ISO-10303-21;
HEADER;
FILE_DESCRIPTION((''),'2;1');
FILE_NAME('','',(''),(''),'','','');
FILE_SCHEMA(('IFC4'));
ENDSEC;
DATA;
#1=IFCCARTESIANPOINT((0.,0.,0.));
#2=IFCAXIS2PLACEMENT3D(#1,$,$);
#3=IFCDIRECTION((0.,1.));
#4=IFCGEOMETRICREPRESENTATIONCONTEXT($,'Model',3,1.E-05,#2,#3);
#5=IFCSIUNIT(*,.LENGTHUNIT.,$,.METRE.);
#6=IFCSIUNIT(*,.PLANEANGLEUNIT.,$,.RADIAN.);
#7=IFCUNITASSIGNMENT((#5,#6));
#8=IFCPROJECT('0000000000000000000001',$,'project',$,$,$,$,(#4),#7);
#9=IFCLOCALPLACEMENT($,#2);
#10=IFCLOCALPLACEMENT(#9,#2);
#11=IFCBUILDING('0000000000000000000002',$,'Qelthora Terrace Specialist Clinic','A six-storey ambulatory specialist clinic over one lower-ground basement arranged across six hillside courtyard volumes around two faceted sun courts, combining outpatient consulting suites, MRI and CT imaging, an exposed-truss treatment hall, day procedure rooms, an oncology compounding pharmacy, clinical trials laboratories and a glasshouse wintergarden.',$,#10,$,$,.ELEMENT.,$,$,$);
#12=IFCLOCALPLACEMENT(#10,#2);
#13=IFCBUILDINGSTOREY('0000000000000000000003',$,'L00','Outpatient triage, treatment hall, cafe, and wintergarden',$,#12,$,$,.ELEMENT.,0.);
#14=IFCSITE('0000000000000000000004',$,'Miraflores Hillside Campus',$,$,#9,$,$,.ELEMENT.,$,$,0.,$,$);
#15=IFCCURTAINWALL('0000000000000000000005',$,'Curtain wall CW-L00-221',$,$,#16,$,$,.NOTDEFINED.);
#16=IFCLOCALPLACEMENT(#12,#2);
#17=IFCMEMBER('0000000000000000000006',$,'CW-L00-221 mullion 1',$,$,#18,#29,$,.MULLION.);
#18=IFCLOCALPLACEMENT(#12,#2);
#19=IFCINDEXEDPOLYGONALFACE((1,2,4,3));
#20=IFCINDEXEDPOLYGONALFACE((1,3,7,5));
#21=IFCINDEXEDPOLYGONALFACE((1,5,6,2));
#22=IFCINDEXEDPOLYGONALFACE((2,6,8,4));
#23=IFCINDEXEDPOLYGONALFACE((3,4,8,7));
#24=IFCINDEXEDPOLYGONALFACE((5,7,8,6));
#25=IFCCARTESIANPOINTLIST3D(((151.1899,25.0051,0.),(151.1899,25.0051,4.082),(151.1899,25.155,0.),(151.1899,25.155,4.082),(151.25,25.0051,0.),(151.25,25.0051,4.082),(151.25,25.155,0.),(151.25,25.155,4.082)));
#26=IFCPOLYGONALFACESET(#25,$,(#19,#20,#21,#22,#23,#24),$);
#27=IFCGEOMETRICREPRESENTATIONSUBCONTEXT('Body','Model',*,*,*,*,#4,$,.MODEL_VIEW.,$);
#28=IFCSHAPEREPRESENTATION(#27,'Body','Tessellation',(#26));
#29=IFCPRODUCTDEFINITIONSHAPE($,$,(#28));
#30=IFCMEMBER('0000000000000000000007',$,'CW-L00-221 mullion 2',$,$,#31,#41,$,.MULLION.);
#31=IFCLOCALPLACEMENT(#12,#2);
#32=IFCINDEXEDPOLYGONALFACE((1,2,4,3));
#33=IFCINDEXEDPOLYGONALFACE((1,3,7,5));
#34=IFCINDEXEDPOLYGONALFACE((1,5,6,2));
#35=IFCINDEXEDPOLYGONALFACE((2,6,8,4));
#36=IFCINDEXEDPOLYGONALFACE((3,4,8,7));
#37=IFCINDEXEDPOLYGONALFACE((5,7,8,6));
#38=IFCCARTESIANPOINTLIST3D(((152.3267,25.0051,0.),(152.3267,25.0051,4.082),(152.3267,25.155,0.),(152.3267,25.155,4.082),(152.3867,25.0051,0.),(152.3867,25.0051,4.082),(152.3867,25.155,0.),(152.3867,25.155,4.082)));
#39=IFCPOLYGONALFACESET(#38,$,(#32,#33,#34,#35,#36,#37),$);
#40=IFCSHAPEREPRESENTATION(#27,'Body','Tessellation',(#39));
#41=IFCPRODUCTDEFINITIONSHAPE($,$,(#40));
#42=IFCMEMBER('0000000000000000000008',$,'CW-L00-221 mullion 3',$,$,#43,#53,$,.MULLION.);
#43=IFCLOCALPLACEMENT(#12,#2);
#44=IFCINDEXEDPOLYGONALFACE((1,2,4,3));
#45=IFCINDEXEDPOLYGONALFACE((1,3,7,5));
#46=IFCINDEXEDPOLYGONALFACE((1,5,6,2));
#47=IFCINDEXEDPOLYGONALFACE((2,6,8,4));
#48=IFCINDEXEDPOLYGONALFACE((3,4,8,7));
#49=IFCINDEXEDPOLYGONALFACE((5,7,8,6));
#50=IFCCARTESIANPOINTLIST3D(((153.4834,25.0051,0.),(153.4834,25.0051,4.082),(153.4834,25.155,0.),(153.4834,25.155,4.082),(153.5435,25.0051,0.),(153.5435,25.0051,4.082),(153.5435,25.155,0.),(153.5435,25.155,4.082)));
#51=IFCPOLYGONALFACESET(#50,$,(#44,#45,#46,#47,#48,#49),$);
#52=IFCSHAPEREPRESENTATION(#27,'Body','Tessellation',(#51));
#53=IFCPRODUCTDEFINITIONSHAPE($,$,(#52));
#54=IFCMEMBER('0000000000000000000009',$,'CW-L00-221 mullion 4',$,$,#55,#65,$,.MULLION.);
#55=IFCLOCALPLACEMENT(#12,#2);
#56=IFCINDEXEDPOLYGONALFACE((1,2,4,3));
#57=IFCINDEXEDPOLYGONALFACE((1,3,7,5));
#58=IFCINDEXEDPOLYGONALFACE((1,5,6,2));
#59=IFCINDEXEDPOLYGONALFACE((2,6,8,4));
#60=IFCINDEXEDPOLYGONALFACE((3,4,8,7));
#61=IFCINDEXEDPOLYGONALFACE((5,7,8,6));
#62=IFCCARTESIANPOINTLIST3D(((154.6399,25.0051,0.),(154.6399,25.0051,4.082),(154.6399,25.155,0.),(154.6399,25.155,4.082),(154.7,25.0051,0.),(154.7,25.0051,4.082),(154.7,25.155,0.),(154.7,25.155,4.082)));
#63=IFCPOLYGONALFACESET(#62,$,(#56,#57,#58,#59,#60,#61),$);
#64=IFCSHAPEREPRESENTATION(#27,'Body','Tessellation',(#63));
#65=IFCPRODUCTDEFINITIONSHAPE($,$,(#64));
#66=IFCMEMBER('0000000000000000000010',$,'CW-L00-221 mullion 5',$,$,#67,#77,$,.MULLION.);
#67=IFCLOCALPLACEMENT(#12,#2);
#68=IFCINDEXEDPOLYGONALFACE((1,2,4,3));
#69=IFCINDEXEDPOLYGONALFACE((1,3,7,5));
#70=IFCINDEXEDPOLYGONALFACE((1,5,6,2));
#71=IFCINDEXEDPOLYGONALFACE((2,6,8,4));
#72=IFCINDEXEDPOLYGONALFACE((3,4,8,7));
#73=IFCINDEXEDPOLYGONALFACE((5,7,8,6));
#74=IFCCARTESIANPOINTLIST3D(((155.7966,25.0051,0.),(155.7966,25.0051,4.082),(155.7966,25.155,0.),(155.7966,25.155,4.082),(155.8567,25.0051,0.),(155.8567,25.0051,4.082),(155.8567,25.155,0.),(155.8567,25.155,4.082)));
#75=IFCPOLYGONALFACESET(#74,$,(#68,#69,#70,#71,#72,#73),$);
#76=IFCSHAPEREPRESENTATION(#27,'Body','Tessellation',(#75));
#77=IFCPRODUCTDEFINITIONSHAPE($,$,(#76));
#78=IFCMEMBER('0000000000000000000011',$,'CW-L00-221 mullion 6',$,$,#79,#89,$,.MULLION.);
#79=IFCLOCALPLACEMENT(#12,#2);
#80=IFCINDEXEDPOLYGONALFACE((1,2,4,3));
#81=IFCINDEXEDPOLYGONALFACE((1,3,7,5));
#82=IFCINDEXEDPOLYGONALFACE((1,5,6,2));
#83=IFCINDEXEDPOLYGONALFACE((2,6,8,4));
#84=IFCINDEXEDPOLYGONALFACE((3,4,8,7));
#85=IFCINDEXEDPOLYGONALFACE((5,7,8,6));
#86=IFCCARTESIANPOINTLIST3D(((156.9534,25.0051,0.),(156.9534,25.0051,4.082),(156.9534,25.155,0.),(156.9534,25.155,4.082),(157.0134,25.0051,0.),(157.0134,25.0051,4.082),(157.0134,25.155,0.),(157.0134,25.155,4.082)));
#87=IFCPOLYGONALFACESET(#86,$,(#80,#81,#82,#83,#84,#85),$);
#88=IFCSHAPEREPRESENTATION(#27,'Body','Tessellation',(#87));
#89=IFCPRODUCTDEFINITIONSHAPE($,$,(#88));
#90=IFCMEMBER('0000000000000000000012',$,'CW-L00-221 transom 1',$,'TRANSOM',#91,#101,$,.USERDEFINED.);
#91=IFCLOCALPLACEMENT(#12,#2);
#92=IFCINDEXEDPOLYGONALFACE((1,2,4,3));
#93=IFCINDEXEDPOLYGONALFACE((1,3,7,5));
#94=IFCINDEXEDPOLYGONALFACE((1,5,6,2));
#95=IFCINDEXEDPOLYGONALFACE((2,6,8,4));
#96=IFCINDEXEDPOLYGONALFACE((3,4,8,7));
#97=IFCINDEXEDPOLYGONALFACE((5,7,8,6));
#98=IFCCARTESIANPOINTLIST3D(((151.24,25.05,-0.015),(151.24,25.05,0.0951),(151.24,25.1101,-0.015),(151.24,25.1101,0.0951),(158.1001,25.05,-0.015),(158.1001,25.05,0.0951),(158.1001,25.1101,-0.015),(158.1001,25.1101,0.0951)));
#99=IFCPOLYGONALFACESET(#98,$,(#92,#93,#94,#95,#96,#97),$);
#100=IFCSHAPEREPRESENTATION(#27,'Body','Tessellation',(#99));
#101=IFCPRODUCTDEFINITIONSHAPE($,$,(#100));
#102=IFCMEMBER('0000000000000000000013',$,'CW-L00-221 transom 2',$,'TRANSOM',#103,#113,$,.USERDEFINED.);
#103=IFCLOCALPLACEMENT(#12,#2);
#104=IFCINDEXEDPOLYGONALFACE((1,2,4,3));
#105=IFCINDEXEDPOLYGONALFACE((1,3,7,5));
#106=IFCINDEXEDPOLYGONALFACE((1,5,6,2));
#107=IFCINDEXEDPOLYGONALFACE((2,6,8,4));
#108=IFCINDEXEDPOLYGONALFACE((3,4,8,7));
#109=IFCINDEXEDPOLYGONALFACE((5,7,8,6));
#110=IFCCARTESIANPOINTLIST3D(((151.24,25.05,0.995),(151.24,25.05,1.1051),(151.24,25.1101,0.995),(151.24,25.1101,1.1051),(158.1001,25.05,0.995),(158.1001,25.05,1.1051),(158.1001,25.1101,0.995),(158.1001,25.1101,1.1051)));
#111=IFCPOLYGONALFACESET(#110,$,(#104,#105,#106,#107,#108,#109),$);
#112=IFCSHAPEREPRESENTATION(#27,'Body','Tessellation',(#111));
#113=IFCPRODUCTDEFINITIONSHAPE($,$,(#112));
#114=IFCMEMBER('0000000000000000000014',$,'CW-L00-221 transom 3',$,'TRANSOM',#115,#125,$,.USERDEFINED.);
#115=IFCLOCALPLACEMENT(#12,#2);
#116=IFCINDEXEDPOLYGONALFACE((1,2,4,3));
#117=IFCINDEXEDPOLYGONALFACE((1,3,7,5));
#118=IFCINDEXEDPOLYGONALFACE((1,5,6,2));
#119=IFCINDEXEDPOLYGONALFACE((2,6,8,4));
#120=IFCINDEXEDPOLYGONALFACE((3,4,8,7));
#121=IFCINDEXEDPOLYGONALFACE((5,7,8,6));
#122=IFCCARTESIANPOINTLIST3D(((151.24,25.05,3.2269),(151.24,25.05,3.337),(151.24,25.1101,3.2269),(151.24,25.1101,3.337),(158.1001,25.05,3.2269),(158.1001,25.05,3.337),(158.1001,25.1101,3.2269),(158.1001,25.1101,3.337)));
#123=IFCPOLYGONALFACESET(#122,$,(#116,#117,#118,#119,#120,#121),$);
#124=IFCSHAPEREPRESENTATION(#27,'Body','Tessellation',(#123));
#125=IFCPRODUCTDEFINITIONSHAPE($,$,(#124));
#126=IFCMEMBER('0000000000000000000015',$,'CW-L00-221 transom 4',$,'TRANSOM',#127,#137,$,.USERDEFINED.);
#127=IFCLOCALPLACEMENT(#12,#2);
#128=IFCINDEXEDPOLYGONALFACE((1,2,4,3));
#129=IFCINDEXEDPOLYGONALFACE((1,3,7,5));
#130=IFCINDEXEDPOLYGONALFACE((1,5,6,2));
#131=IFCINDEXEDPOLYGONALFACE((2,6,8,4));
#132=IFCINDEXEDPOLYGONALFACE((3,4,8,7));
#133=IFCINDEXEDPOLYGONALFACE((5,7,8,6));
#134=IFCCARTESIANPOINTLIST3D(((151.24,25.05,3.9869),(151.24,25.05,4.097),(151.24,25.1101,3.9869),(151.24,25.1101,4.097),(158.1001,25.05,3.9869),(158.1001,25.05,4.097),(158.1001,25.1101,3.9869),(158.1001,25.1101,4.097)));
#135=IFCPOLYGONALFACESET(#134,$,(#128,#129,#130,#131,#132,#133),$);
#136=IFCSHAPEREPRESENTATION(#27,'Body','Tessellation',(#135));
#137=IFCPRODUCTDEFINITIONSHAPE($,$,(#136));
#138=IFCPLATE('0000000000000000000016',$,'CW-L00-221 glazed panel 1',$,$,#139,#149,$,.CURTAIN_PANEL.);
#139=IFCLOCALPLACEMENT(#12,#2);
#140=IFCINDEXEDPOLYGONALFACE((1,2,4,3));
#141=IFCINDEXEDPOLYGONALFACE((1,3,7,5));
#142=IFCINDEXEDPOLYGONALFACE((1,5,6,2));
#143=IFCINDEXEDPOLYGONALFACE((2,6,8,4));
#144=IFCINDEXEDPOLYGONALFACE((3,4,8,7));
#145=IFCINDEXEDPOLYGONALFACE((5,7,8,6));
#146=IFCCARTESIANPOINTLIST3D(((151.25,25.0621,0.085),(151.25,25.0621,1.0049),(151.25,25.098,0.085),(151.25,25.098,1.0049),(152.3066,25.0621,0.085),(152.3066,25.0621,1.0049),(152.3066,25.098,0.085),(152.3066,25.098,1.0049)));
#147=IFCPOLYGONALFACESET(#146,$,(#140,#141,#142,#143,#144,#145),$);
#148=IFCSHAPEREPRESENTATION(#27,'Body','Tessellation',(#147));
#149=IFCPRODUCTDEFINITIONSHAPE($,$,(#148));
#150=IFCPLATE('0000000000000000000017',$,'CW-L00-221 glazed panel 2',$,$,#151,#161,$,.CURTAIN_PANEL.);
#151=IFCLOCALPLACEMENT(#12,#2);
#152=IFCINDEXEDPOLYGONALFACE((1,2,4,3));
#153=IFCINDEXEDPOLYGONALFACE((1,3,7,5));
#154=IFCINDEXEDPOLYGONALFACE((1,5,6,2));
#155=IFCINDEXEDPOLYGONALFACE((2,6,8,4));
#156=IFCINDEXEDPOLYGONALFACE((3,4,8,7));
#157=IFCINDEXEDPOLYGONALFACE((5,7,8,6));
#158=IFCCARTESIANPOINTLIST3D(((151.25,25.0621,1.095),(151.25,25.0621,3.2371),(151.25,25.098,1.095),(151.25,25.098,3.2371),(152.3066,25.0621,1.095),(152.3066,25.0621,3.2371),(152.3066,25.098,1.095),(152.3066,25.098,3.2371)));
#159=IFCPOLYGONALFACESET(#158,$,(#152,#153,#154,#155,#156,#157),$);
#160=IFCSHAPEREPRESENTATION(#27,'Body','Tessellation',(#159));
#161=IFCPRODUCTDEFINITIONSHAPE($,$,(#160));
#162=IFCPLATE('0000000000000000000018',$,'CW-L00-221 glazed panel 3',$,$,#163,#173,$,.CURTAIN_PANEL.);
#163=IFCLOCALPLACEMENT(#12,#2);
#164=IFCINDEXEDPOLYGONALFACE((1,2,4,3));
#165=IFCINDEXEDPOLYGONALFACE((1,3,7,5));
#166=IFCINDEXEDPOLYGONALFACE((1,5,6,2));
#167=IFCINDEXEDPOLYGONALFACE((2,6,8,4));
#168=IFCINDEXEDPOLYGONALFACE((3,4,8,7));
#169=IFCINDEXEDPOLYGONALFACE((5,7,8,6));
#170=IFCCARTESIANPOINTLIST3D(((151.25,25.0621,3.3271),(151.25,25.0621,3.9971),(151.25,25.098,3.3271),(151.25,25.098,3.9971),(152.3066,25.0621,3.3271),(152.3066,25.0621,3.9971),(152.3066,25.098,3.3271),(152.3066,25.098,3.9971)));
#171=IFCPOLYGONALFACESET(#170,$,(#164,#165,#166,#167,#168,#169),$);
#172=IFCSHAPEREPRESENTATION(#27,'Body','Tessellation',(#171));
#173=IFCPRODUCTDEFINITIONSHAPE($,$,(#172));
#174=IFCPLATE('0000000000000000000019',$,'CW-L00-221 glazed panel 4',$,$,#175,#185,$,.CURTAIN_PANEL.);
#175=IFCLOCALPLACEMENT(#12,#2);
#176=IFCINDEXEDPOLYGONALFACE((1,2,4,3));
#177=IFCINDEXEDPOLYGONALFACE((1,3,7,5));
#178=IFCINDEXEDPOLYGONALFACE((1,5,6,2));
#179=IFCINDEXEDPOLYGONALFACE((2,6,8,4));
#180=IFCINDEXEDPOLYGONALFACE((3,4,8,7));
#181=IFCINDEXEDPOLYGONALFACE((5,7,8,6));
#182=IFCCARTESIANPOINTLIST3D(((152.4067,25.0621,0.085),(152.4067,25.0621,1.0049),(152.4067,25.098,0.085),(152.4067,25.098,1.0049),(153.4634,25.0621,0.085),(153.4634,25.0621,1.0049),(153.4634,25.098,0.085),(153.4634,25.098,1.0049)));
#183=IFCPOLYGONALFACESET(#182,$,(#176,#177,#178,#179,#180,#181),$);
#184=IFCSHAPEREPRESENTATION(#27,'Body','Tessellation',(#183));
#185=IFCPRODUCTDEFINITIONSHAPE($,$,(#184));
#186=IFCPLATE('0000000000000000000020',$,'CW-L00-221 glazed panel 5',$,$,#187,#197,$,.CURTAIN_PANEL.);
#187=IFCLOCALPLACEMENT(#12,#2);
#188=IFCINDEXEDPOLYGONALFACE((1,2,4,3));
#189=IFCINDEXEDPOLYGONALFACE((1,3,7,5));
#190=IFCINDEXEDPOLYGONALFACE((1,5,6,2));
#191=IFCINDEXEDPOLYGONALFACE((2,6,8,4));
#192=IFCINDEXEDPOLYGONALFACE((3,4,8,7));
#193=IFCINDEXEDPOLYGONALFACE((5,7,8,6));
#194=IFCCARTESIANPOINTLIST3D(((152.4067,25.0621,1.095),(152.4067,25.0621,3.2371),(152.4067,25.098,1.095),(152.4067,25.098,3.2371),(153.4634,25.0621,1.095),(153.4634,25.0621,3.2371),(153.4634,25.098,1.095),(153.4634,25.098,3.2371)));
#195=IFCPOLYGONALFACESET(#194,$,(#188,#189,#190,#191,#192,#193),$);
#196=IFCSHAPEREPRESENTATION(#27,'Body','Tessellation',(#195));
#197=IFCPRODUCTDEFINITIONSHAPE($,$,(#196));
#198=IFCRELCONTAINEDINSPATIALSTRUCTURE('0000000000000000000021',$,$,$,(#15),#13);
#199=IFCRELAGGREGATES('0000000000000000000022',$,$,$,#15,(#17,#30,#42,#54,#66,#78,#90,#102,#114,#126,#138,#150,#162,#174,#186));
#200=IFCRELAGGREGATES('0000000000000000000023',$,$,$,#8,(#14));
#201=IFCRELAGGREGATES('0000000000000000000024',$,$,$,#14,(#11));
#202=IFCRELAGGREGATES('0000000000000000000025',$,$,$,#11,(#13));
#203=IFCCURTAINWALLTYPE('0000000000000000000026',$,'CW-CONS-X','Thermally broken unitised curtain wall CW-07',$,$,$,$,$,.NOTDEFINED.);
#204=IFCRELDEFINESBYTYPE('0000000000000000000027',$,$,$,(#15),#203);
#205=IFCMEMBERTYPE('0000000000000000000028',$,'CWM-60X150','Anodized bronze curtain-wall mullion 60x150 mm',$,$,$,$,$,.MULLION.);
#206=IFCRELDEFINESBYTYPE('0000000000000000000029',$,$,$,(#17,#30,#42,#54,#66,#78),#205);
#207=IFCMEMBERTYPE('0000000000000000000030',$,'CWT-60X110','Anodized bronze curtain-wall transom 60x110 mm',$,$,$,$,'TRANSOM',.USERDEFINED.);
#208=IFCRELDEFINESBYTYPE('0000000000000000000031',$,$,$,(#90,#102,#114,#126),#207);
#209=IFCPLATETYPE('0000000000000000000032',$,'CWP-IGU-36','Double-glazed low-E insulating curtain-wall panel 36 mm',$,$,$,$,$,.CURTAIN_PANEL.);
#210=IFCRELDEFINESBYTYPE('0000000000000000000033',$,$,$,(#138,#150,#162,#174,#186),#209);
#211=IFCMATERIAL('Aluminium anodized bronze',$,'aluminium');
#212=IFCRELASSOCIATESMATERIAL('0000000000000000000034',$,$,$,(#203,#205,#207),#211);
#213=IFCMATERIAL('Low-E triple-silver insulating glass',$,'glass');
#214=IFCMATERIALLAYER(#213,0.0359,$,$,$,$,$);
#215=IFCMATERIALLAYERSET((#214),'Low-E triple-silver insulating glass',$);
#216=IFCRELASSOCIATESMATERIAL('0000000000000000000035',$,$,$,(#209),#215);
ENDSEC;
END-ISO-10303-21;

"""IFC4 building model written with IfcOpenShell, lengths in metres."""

from ifc_helpers import new_model, si_unit, direction, frame, origin, origin_2d, place, context, subcontext, project, spatial, rectangle, extrude, material, layer, layer_set, material_profile, profile_set, type_object, element, aggregate, save


model = new_model("IFC4")

# Units and contexts
model_context = context("Model", 3, precision=1e-05, world=origin(), true_north=direction((0.0, 1.0)))
body_context = subcontext(model_context, "Body", "Model", "MODEL_VIEW")
ifc_project = project(units=[si_unit("LENGTHUNIT", "METRE"), si_unit("PLANEANGLEUNIT", "RADIAN")], contexts=[model_context])

# Site, building, storey
site_placement = place(None, origin())
site = spatial("IfcSite", under=ifc_project, at=site_placement, Name="Miraflores Hillside Campus", CompositionType="ELEMENT", RefElevation=0.0)
building_placement = place(site_placement, origin())
building = spatial("IfcBuilding", under=site, at=building_placement, Name="Qelthora Terrace Specialist Clinic", Description="A six-storey ambulatory specialist clinic over one lower-ground basement arranged across six hillside courtyard volumes around two faceted sun courts, combining outpatient consulting suites, MRI and CT imaging, an exposed-truss treatment hall, day procedure rooms, an oncology compounding pharmacy, clinical trials laboratories and a glasshouse wintergarden.", CompositionType="ELEMENT")
storey_placement = place(building_placement, origin())
storey = spatial("IfcBuildingStorey", under=building, at=storey_placement, Name="L00", Description="Outpatient triage, treatment hall, cafe, and wintergarden", CompositionType="ELEMENT", Elevation=0.0)

# Curtain wall, members, plates
ifc_material_1 = material(Name="Aluminium anodized bronze", Category="aluminium")
curtain_wall_type = type_object("IfcCurtainWallType", Name="CW-CONS-X", Description="Thermally broken unitised curtain wall CW-07", PredefinedType="NOTDEFINED", material=ifc_material_1)
curtain_wall_placement = place(storey_placement, origin())
curtain_wall = element("IfcCurtainWall", 1, at=curtain_wall_placement, inside=storey, type_object=curtain_wall_type, Name="Curtain wall CW-L00-221", PredefinedType="NOTDEFINED")
ifc_material_profile_1 = material_profile(ifc_material_1, rectangle(XDim=0.0601, YDim=0.1499, at=origin_2d()), Name="CWM60X150")
ifc_profile_set_1 = profile_set([ifc_material_profile_1], Name="Aluminium anodized bronze")
member_type_1 = type_object("IfcMemberType", Name="CWM-60X150", Description="Anodized bronze curtain-wall mullion 60x150 mm", PredefinedType="MULLION", material=ifc_profile_set_1)
member_1_placement = place(storey_placement, frame((151.22, 25.0801, 0.0), z_axis=(0.0, 0.0, 1.0), x_axis=(1.0, 0.0, 0.0)))
member_1 = element("IfcMember", 2, at=member_1_placement, type_object=member_type_1, Name="CW-L00-221 mullion 1", PredefinedType="MULLION", context=body_context, shape_type="SweptSolid", body=[
    extrude(rectangle(XDim=0.0601, YDim=0.1499, at=origin_2d()), origin(), (0.0, 0.0, 1.0), 4.082),
])
member_2_placement = place(storey_placement, frame((152.3567, 25.0801, 0.0), z_axis=(0.0, 0.0, 1.0), x_axis=(1.0, 0.0, 0.0)))
member_2 = element("IfcMember", 3, at=member_2_placement, type_object=member_type_1, Name="CW-L00-221 mullion 2", PredefinedType="MULLION", context=body_context, shape_type="SweptSolid", body=[
    extrude(rectangle(XDim=0.0601, YDim=0.1499, at=origin_2d()), origin(), (0.0, 0.0, 1.0), 4.082),
])
member_3_placement = place(storey_placement, frame((153.5134, 25.0801, 0.0), z_axis=(0.0, 0.0, 1.0), x_axis=(1.0, 0.0, 0.0)))
member_3 = element("IfcMember", 4, at=member_3_placement, type_object=member_type_1, Name="CW-L00-221 mullion 3", PredefinedType="MULLION", context=body_context, shape_type="SweptSolid", body=[
    extrude(rectangle(XDim=0.0601, YDim=0.1499, at=origin_2d()), origin(), (0.0, 0.0, 1.0), 4.082),
])
member_4_placement = place(storey_placement, frame((154.6699, 25.0801, 0.0), z_axis=(0.0, 0.0, 1.0), x_axis=(1.0, 0.0, 0.0)))
member_4 = element("IfcMember", 5, at=member_4_placement, type_object=member_type_1, Name="CW-L00-221 mullion 4", PredefinedType="MULLION", context=body_context, shape_type="SweptSolid", body=[
    extrude(rectangle(XDim=0.0601, YDim=0.1499, at=origin_2d()), origin(), (0.0, 0.0, 1.0), 4.082),
])
member_5_placement = place(storey_placement, frame((155.8267, 25.0801, 0.0), z_axis=(0.0, 0.0, 1.0), x_axis=(1.0, 0.0, 0.0)))
member_5 = element("IfcMember", 6, at=member_5_placement, type_object=member_type_1, Name="CW-L00-221 mullion 5", PredefinedType="MULLION", context=body_context, shape_type="SweptSolid", body=[
    extrude(rectangle(XDim=0.0601, YDim=0.1499, at=origin_2d()), origin(), (0.0, 0.0, 1.0), 4.082),
])
member_6_placement = place(storey_placement, frame((156.9834, 25.0801, 0.0), z_axis=(0.0, 0.0, 1.0), x_axis=(1.0, 0.0, 0.0)))
member_6 = element("IfcMember", 7, at=member_6_placement, type_object=member_type_1, Name="CW-L00-221 mullion 6", PredefinedType="MULLION", context=body_context, shape_type="SweptSolid", body=[
    extrude(rectangle(XDim=0.0601, YDim=0.1499, at=origin_2d()), origin(), (0.0, 0.0, 1.0), 4.082),
])
ifc_material_profile_2 = material_profile(ifc_material_1, rectangle(XDim=0.0601, YDim=0.1101, at=origin_2d()), Name="CWT60X110")
ifc_profile_set_2 = profile_set([ifc_material_profile_2], Name="Aluminium anodized bronze")
member_type_2 = type_object("IfcMemberType", Name="CWT-60X110", Description="Anodized bronze curtain-wall transom 60x110 mm", ElementType="TRANSOM", PredefinedType="USERDEFINED", material=ifc_profile_set_2)
member_7_placement = place(storey_placement, frame((151.24, 25.0801, 0.04), z_axis=(1.0, 0.0, 0.0), x_axis=(0.0, 1.0, 0.0)))
member_7 = element("IfcMember", 8, at=member_7_placement, type_object=member_type_2, Name="CW-L00-221 transom 1", ObjectType="TRANSOM", PredefinedType="USERDEFINED", context=body_context, shape_type="SweptSolid", body=[
    extrude(rectangle(XDim=0.0601, YDim=0.1101, at=origin_2d()), origin(), (0.0, 0.0, 1.0), 6.8601),
])
member_8_placement = place(storey_placement, frame((151.24, 25.0801, 1.05), z_axis=(1.0, 0.0, 0.0), x_axis=(0.0, 1.0, 0.0)))
member_8 = element("IfcMember", 9, at=member_8_placement, type_object=member_type_2, Name="CW-L00-221 transom 2", ObjectType="TRANSOM", PredefinedType="USERDEFINED", context=body_context, shape_type="SweptSolid", body=[
    extrude(rectangle(XDim=0.0601, YDim=0.1101, at=origin_2d()), origin(), (0.0, 0.0, 1.0), 6.8601),
])
member_9_placement = place(storey_placement, frame((151.24, 25.0801, 3.282), z_axis=(1.0, 0.0, 0.0), x_axis=(0.0, 1.0, 0.0)))
member_9 = element("IfcMember", 10, at=member_9_placement, type_object=member_type_2, Name="CW-L00-221 transom 3", ObjectType="TRANSOM", PredefinedType="USERDEFINED", context=body_context, shape_type="SweptSolid", body=[
    extrude(rectangle(XDim=0.0601, YDim=0.1101, at=origin_2d()), origin(), (0.0, 0.0, 1.0), 6.8601),
])
member_10_placement = place(storey_placement, frame((151.24, 25.0801, 4.042), z_axis=(1.0, 0.0, 0.0), x_axis=(0.0, 1.0, 0.0)))
member_10 = element("IfcMember", 11, at=member_10_placement, type_object=member_type_2, Name="CW-L00-221 transom 4", ObjectType="TRANSOM", PredefinedType="USERDEFINED", context=body_context, shape_type="SweptSolid", body=[
    extrude(rectangle(XDim=0.0601, YDim=0.1101, at=origin_2d()), origin(), (0.0, 0.0, 1.0), 6.8601),
])
ifc_material_2 = material(Name="Low-E triple-silver insulating glass", Category="glass")
ifc_layer = layer(ifc_material_2, 0.0359)
ifc_layer_set = layer_set([ifc_layer], Name="Low-E triple-silver insulating glass")
plate_type = type_object("IfcPlateType", Name="CWP-IGU-36", Description="Double-glazed low-E insulating curtain-wall panel 36 mm", PredefinedType="CURTAIN_PANEL", material=ifc_layer_set)
plate_1_placement = place(storey_placement, frame((151.7783, 25.0801, 0.085), z_axis=(0.0, 0.0, 1.0), x_axis=(1.0, 0.0, 0.0)))
plate_1 = element("IfcPlate", 12, at=plate_1_placement, type_object=plate_type, Name="CW-L00-221 glazed panel 1", PredefinedType="CURTAIN_PANEL", context=body_context, shape_type="SweptSolid", body=[
    extrude(rectangle(XDim=1.0566, YDim=0.0359, at=origin_2d()), origin(), (0.0, 0.0, 1.0), 0.9199),
])
plate_2_placement = place(storey_placement, frame((151.7783, 25.0801, 1.095), z_axis=(0.0, 0.0, 1.0), x_axis=(1.0, 0.0, 0.0)))
plate_2 = element("IfcPlate", 13, at=plate_2_placement, type_object=plate_type, Name="CW-L00-221 glazed panel 2", PredefinedType="CURTAIN_PANEL", context=body_context, shape_type="SweptSolid", body=[
    extrude(rectangle(XDim=1.0566, YDim=0.0359, at=origin_2d()), origin(), (0.0, 0.0, 1.0), 2.1421),
])
plate_3_placement = place(storey_placement, frame((151.7783, 25.0801, 3.3271), z_axis=(0.0, 0.0, 1.0), x_axis=(1.0, 0.0, 0.0)))
plate_3 = element("IfcPlate", 14, at=plate_3_placement, type_object=plate_type, Name="CW-L00-221 glazed panel 3", PredefinedType="CURTAIN_PANEL", context=body_context, shape_type="SweptSolid", body=[
    extrude(rectangle(XDim=1.0566, YDim=0.0359, at=origin_2d()), origin(), (0.0, 0.0, 1.0), 0.6699),
])
plate_4_placement = place(storey_placement, frame((152.9351, 25.0801, 0.085), z_axis=(0.0, 0.0, 1.0), x_axis=(1.0, 0.0, 0.0)))
plate_4 = element("IfcPlate", 15, at=plate_4_placement, type_object=plate_type, Name="CW-L00-221 glazed panel 4", PredefinedType="CURTAIN_PANEL", context=body_context, shape_type="SweptSolid", body=[
    extrude(rectangle(XDim=1.0566, YDim=0.0359, at=origin_2d()), origin(), (0.0, 0.0, 1.0), 0.9199),
])
plate_5_placement = place(storey_placement, frame((152.9351, 25.0801, 1.095), z_axis=(0.0, 0.0, 1.0), x_axis=(1.0, 0.0, 0.0)))
plate_5 = element("IfcPlate", 16, at=plate_5_placement, type_object=plate_type, Name="CW-L00-221 glazed panel 5", PredefinedType="CURTAIN_PANEL", context=body_context, shape_type="SweptSolid", body=[
    extrude(rectangle(XDim=1.0566, YDim=0.0359, at=origin_2d()), origin(), (0.0, 0.0, 1.0), 2.1421),
])
aggregate(curtain_wall, [member_1, member_2, member_3, member_4, member_5, member_6, member_7, member_8, member_9, member_10, plate_1, plate_2, plate_3, plate_4, plate_5])

save(model, "model.ifc")
